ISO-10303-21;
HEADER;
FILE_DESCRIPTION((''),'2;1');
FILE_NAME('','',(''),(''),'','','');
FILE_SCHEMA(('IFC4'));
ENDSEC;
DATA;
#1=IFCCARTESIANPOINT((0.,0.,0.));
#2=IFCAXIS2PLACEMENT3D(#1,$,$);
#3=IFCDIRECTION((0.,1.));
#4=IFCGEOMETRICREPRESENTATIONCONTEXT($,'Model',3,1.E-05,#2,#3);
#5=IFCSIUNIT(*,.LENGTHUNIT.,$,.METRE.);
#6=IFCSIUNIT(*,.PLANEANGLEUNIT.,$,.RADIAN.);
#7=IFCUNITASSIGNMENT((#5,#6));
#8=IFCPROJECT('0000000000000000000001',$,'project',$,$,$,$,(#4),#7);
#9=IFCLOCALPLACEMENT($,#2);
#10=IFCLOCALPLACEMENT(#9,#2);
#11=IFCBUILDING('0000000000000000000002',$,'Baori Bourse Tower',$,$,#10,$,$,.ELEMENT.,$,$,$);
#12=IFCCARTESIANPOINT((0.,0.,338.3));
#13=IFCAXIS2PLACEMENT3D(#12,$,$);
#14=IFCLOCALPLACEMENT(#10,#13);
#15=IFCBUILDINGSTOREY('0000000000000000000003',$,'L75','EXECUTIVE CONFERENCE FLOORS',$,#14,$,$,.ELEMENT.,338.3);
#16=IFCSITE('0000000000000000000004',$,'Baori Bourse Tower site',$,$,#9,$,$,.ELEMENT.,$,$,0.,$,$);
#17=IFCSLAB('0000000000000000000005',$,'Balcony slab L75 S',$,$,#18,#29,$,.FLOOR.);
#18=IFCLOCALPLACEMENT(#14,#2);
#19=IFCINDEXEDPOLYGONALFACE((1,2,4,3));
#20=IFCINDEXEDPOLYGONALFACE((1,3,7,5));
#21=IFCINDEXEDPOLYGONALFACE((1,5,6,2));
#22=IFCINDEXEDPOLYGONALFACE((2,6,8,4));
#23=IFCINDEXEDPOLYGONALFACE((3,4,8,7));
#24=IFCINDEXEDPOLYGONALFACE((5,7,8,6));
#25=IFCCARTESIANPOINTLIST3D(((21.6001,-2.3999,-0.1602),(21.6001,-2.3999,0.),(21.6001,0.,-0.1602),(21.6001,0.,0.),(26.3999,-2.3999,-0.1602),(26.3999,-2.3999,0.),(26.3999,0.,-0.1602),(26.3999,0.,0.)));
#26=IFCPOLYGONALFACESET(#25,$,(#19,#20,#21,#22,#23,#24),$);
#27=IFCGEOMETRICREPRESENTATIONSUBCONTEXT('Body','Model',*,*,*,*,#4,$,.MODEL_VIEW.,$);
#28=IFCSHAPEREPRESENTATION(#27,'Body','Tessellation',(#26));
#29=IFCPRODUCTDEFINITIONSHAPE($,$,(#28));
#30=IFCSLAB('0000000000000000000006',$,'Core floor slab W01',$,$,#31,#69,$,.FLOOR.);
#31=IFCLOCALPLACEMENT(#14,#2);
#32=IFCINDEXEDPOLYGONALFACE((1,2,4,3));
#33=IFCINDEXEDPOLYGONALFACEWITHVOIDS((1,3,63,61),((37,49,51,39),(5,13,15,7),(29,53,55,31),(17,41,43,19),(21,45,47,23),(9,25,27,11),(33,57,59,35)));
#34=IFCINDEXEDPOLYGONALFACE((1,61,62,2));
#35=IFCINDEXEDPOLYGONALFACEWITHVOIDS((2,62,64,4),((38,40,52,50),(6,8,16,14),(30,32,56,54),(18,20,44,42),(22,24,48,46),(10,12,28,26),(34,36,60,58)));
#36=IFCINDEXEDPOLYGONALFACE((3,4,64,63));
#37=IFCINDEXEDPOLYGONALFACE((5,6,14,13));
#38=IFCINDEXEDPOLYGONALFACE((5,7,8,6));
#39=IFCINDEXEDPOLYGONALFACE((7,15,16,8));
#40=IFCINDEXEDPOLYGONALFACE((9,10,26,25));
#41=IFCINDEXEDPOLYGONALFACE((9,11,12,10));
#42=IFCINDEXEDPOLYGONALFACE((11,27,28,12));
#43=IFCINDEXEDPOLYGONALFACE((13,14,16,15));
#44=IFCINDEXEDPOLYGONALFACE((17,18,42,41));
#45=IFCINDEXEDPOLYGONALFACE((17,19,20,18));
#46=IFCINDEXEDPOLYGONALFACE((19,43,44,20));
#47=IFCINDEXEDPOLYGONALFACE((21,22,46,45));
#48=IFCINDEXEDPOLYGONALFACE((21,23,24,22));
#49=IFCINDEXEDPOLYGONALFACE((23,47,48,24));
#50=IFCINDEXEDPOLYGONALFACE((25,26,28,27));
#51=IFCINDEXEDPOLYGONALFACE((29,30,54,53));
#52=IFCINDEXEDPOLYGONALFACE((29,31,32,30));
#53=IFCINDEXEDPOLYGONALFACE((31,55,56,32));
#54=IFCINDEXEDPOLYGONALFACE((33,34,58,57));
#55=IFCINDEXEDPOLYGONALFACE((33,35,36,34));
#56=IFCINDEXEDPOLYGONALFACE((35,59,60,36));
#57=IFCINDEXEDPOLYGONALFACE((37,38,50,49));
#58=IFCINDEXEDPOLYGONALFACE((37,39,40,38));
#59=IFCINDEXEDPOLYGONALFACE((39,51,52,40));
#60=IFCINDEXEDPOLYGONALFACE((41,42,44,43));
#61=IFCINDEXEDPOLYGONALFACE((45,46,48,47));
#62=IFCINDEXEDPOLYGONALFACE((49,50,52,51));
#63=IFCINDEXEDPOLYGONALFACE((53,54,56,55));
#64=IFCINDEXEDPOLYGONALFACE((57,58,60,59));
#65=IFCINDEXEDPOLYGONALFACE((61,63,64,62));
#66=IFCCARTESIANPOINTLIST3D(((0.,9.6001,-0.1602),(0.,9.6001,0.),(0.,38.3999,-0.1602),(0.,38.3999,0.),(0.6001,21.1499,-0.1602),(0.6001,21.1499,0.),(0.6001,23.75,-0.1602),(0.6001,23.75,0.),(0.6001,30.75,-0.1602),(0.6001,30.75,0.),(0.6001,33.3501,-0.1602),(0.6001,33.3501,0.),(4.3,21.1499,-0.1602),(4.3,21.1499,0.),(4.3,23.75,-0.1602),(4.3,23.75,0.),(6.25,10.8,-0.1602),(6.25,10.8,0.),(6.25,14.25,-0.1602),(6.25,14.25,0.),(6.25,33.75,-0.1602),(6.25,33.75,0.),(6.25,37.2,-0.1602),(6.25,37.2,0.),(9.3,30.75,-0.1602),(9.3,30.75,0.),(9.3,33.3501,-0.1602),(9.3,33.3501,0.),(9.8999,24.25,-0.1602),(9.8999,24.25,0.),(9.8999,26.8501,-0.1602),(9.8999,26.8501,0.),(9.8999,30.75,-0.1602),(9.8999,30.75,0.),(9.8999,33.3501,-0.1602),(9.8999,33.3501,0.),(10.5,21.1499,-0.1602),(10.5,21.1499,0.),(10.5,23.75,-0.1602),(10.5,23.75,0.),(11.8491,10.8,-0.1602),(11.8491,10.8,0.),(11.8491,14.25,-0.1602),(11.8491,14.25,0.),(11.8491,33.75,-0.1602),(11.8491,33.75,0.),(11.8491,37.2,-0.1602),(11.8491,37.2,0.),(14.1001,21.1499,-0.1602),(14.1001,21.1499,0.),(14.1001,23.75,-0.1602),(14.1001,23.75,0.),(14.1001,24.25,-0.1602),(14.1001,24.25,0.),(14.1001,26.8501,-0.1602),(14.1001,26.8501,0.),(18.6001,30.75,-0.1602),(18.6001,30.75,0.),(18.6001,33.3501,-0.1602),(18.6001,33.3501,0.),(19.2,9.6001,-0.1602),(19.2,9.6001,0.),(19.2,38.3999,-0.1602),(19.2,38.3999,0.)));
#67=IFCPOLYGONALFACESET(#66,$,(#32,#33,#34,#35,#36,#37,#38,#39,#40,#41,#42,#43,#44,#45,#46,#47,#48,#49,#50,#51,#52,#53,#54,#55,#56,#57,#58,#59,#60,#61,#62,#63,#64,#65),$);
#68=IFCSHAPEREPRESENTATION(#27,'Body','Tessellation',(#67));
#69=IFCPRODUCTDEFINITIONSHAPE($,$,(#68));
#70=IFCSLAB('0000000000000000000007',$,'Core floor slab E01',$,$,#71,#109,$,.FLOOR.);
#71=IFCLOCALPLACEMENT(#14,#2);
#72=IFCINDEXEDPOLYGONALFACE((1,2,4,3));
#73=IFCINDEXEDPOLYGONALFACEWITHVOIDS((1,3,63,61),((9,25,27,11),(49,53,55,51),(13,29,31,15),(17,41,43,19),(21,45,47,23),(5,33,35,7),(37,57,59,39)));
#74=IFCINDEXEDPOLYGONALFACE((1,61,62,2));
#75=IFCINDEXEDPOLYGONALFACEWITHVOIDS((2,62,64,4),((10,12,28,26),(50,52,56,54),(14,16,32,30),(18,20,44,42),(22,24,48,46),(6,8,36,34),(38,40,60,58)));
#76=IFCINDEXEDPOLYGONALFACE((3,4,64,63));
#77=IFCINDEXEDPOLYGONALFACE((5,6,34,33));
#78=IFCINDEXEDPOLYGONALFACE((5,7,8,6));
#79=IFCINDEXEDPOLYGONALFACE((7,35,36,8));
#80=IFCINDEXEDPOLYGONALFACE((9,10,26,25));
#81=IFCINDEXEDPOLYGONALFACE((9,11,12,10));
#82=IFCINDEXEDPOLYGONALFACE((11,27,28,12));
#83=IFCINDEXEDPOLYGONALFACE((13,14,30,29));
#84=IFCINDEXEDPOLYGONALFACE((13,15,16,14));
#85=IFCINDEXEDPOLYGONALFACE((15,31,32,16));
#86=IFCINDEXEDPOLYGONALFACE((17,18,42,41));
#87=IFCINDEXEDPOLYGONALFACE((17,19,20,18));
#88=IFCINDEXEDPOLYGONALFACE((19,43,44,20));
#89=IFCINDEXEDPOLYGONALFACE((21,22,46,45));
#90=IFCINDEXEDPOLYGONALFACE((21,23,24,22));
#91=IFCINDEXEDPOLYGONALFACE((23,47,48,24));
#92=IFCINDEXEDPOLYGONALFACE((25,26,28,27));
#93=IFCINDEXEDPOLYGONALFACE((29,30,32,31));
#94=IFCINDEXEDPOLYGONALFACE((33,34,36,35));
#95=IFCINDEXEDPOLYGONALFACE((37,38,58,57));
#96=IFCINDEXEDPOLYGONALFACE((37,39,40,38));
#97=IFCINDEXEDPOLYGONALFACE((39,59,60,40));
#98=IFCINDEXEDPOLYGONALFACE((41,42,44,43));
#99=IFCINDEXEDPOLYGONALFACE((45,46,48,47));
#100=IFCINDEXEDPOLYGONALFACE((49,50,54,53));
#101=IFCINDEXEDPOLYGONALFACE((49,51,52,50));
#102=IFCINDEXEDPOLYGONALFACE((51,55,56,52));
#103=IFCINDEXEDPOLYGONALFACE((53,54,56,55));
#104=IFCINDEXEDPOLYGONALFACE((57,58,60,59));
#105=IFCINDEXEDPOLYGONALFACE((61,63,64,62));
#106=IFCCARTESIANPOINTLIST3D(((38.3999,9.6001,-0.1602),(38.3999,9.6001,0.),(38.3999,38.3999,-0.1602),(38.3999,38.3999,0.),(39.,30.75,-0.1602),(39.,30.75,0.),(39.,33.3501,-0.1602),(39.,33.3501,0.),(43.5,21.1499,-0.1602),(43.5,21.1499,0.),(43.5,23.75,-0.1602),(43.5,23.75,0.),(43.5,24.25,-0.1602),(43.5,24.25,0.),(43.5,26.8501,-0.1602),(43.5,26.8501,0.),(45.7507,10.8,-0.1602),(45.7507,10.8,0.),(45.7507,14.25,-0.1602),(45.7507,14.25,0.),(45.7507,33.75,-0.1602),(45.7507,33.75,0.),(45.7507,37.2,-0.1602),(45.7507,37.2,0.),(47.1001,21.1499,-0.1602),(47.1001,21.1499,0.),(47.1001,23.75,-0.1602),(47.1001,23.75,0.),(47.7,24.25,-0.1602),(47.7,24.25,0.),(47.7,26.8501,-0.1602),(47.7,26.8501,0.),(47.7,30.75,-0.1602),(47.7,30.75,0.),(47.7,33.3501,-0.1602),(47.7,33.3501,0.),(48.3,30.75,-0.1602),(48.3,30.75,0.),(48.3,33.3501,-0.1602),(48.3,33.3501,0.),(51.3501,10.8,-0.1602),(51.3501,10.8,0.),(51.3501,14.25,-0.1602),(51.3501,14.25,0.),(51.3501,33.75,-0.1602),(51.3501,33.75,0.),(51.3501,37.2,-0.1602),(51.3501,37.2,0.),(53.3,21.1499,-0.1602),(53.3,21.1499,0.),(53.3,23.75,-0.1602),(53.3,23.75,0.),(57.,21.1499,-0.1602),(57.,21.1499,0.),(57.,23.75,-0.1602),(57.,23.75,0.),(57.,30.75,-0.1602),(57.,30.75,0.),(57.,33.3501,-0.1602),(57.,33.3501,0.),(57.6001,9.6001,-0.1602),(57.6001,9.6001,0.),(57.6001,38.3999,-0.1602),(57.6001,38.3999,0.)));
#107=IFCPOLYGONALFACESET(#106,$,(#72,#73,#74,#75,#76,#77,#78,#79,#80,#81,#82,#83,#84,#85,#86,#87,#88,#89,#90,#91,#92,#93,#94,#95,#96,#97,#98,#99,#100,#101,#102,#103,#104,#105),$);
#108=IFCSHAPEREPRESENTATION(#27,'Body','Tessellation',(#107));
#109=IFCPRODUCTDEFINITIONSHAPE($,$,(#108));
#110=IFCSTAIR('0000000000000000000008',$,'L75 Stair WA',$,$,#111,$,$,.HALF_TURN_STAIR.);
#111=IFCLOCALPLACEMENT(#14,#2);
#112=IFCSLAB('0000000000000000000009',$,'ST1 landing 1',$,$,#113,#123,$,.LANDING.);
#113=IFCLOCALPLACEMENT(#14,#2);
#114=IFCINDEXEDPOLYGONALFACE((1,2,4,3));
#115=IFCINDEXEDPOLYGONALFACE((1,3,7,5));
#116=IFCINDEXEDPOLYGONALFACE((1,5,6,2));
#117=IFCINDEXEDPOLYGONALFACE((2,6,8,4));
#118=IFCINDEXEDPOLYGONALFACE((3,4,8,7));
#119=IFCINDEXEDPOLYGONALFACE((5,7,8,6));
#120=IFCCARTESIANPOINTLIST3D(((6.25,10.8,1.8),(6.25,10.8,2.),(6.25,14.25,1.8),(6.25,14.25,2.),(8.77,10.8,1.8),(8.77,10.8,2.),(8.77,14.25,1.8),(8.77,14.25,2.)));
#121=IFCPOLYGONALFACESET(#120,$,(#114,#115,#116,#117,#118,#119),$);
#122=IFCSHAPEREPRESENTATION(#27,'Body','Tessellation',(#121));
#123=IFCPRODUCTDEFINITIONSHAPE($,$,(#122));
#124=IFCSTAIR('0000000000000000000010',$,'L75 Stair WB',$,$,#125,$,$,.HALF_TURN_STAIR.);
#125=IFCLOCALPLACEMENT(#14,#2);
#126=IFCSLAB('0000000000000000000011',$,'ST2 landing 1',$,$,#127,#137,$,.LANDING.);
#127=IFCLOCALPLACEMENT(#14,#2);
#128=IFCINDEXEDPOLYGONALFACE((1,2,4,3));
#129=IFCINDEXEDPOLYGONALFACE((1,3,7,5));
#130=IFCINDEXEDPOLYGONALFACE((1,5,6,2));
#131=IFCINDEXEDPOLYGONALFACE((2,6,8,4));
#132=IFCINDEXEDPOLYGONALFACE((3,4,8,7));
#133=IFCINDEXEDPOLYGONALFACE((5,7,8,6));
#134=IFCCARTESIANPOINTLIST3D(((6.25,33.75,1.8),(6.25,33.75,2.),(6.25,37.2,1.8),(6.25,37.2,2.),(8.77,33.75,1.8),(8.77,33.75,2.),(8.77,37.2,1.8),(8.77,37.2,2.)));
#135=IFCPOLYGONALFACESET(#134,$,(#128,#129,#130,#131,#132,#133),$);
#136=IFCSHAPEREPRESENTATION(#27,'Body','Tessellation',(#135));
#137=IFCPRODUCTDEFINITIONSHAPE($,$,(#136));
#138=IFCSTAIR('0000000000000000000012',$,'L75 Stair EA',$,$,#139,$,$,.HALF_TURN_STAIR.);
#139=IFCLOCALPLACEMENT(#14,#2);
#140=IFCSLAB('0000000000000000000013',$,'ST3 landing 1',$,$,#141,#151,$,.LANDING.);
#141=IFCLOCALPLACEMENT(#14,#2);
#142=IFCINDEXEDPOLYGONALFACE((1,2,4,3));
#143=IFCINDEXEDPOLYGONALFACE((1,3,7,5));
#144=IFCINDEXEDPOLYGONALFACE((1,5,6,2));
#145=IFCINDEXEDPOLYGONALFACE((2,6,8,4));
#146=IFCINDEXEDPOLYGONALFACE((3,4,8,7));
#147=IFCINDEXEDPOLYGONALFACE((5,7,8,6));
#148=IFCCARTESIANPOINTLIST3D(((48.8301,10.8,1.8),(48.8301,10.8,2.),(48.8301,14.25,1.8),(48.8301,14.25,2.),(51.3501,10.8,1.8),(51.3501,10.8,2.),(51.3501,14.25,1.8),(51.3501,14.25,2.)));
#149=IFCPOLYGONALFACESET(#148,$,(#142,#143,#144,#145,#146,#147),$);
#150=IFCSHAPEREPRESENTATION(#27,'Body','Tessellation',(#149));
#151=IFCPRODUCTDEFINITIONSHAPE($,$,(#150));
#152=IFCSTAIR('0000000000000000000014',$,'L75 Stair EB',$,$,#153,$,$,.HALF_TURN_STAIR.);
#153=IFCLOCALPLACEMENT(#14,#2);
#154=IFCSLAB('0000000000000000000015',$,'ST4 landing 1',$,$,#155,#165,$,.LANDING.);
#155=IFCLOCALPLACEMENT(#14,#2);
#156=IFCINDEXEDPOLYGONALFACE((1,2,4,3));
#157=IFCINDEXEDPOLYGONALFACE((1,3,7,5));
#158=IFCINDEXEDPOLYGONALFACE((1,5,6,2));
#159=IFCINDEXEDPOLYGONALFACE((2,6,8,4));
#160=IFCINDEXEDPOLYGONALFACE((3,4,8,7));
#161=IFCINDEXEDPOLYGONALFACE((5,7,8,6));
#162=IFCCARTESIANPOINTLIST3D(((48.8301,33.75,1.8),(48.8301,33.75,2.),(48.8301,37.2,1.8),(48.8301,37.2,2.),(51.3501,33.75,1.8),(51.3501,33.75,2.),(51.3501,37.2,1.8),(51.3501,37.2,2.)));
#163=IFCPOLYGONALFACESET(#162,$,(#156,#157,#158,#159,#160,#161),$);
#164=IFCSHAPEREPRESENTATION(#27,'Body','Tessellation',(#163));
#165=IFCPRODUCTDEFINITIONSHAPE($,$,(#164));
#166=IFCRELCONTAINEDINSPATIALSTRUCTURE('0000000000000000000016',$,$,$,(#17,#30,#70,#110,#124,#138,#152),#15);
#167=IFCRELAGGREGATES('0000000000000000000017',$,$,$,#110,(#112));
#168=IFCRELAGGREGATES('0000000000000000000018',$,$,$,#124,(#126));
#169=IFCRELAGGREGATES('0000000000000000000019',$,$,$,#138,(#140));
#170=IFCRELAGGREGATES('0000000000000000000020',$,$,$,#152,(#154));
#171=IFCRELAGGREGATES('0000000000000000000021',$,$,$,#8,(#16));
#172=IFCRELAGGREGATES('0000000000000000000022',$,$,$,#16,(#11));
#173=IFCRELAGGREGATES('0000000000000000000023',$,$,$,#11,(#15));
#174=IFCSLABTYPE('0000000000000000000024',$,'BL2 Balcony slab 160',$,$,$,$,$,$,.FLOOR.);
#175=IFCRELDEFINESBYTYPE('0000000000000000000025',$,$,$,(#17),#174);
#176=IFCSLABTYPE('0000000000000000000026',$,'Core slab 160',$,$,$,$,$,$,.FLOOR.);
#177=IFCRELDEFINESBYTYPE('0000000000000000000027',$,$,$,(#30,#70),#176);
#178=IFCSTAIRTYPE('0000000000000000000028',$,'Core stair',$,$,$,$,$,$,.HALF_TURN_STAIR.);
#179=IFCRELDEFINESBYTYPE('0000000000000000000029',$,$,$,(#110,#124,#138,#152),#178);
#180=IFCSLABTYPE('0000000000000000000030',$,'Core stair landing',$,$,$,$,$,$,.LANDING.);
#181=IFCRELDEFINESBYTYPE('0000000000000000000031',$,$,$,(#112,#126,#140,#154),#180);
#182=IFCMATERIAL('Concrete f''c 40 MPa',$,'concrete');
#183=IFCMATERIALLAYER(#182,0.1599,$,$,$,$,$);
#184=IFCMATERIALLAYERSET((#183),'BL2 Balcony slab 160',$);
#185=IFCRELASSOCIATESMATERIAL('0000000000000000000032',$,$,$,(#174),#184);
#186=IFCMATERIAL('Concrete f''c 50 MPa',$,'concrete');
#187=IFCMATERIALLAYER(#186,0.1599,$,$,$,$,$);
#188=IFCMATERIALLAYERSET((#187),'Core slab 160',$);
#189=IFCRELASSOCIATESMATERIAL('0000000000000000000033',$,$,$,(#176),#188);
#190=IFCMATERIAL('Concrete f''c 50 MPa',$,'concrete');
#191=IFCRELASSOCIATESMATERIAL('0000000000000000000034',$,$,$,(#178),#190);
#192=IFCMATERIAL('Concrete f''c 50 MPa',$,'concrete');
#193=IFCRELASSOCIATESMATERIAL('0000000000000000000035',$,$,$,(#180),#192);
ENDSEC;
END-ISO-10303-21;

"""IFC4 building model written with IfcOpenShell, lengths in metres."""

from ifc_helpers import new_model, si_unit, direction, frame, origin, place, context, subcontext, project, spatial, polyline, outline, extrude, material, layer, layer_set, type_object, element, aggregate, save


model = new_model("IFC4")

# Units and contexts
model_context = context("Model", 3, precision=1e-05, world=origin(), true_north=direction((0.0, 1.0)))
body_context = subcontext(model_context, "Body", "Model", "MODEL_VIEW")
ifc_project = project(units=[si_unit("LENGTHUNIT", "METRE"), si_unit("PLANEANGLEUNIT", "RADIAN")], contexts=[model_context])

# Site, building, storey
site_placement = place(None, origin())
site = spatial("IfcSite", under=ifc_project, at=site_placement, Name="Baori Bourse Tower site", CompositionType="ELEMENT", RefElevation=0.0)
building_placement = place(site_placement, origin())
building = spatial("IfcBuilding", under=site, at=building_placement, Name="Baori Bourse Tower", CompositionType="ELEMENT")
storey_placement = place(building_placement, frame((0.0, 0.0, 338.3)))
storey = spatial("IfcBuildingStorey", under=building, at=storey_placement, Name="L75", Description="EXECUTIVE CONFERENCE FLOORS", CompositionType="ELEMENT", Elevation=338.3)

# Slabs
ifc_material_1 = material(Name="Concrete f'c 40 MPa", Category="concrete")
ifc_layer_1 = layer(ifc_material_1, 0.1599)
ifc_layer_set_1 = layer_set([ifc_layer_1], Name="BL2 Balcony slab 160")
slab_type_1 = type_object("IfcSlabType", Name="BL2 Balcony slab 160", PredefinedType="FLOOR", material=ifc_layer_set_1)
slab_1_placement = place(storey_placement, frame((0.0, 0.0, -0.1602)))
element("IfcSlab", 1, at=slab_1_placement, inside=storey, type_object=slab_type_1, Name="Balcony slab L75 S", PredefinedType="FLOOR", context=body_context, shape_type="SweptSolid", body=[
    extrude(outline(polyline([(21.6001, 0.0), (21.6001, -2.3999), (26.3999, -2.3999), (26.3999, 0.0), (21.6001, 0.0)])), origin(), (0.0, 0.0, 1.0), 0.1602),
])
ifc_material_2 = material(Name="Concrete f'c 50 MPa", Category="concrete")
ifc_layer_2 = layer(ifc_material_2, 0.1599)
ifc_layer_set_2 = layer_set([ifc_layer_2], Name="Core slab 160")
slab_type_2 = type_object("IfcSlabType", Name="Core slab 160", PredefinedType="FLOOR", material=ifc_layer_set_2)
slab_2_placement = place(storey_placement, frame((0.0, 0.0, -0.1602)))
element("IfcSlab", 2, at=slab_2_placement, inside=storey, type_object=slab_type_2, Name="Core floor slab W01", PredefinedType="FLOOR", context=body_context, shape_type="SweptSolid", body=[
    extrude(outline(polyline([(19.2, 38.3999), (0.0, 38.3999), (0.0, 9.6001), (19.2, 9.6001), (19.2, 38.3999)]), holes=[polyline([(9.8999, 33.3501), (18.6001, 33.3501), (18.6001, 30.75), (9.8999, 30.75), (9.8999, 33.3501)]), polyline([(10.5, 21.1499), (10.5, 23.75), (14.1001, 23.75), (14.1001, 21.1499), (10.5, 21.1499)]), polyline([(14.1001, 24.25), (9.8999, 24.25), (9.8999, 26.8501), (14.1001, 26.8501), (14.1001, 24.25)]), polyline([(6.25, 14.25), (11.8491, 14.25), (11.8491, 10.8), (6.25, 10.8), (6.25, 14.25)]), polyline([(11.8491, 37.2), (11.8491, 33.75), (6.25, 33.75), (6.25, 37.2), (11.8491, 37.2)]), polyline([(0.6001, 30.75), (0.6001, 33.3501), (9.3, 33.3501), (9.3, 30.75), (0.6001, 30.75)]), polyline([(4.3, 23.75), (4.3, 21.1499), (0.6001, 21.1499), (0.6001, 23.75), (4.3, 23.75)])]), origin(), (0.0, 0.0, 1.0), 0.1602),
])
slab_3_placement = place(storey_placement, frame((0.0, 0.0, -0.1602)))
element("IfcSlab", 3, at=slab_3_placement, inside=storey, type_object=slab_type_2, Name="Core floor slab E01", PredefinedType="FLOOR", context=body_context, shape_type="SweptSolid", body=[
    extrude(outline(polyline([(57.6001, 9.6001), (57.6001, 38.3999), (38.3999, 38.3999), (38.3999, 9.6001), (57.6001, 9.6001)]), holes=[polyline([(48.3, 33.3501), (57.0, 33.3501), (57.0, 30.75), (48.3, 30.75), (48.3, 33.3501)]), polyline([(57.0, 21.1499), (53.3, 21.1499), (53.3, 23.75), (57.0, 23.75), (57.0, 21.1499)]), polyline([(45.7507, 14.25), (51.3501, 14.25), (51.3501, 10.8), (45.7507, 10.8), (45.7507, 14.25)]), polyline([(51.3501, 37.2), (51.3501, 33.75), (45.7507, 33.75), (45.7507, 37.2), (51.3501, 37.2)]), polyline([(43.5, 24.25), (43.5, 26.8501), (47.7, 26.8501), (47.7, 24.25), (43.5, 24.25)]), polyline([(47.7, 33.3501), (47.7, 30.75), (39.0, 30.75), (39.0, 33.3501), (47.7, 33.3501)]), polyline([(43.5, 23.75), (47.1001, 23.75), (47.1001, 21.1499), (43.5, 21.1499), (43.5, 23.75)])]), origin(), (0.0, 0.0, 1.0), 0.1602),
])

# Stairs, slabs
ifc_material_3 = material(Name="Concrete f'c 50 MPa", Category="concrete")
stair_type = type_object("IfcStairType", Name="Core stair", PredefinedType="HALF_TURN_STAIR", material=ifc_material_3)
stair_1_placement = place(storey_placement, origin())
stair_1 = element("IfcStair", 4, at=stair_1_placement, inside=storey, type_object=stair_type, Name="L75 Stair WA", PredefinedType="HALF_TURN_STAIR")
ifc_material_4 = material(Name="Concrete f'c 50 MPa", Category="concrete")
slab_type_3 = type_object("IfcSlabType", Name="Core stair landing", PredefinedType="LANDING", material=ifc_material_4)
slab_4_placement = place(storey_placement, frame((0.0, 0.0, 1.8)))
slab_4 = element("IfcSlab", 5, at=slab_4_placement, type_object=slab_type_3, Name="ST1 landing 1", PredefinedType="LANDING", context=body_context, shape_type="SweptSolid", body=[
    extrude(outline(polyline([(8.77, 14.25), (6.25, 14.25), (6.25, 10.8), (8.77, 10.8), (8.77, 14.25)])), origin(), (0.0, 0.0, 1.0), 0.2),
])
aggregate(stair_1, [slab_4])
stair_2_placement = place(storey_placement, origin())
stair_2 = element("IfcStair", 6, at=stair_2_placement, inside=storey, type_object=stair_type, Name="L75 Stair WB", PredefinedType="HALF_TURN_STAIR")
slab_5_placement = place(storey_placement, frame((0.0, 0.0, 1.8)))
slab_5 = element("IfcSlab", 7, at=slab_5_placement, type_object=slab_type_3, Name="ST2 landing 1", PredefinedType="LANDING", context=body_context, shape_type="SweptSolid", body=[
    extrude(outline(polyline([(8.77, 37.2), (6.25, 37.2), (6.25, 33.75), (8.77, 33.75), (8.77, 37.2)])), origin(), (0.0, 0.0, 1.0), 0.2),
])
aggregate(stair_2, [slab_5])
stair_3_placement = place(storey_placement, origin())
stair_3 = element("IfcStair", 8, at=stair_3_placement, inside=storey, type_object=stair_type, Name="L75 Stair EA", PredefinedType="HALF_TURN_STAIR")
slab_6_placement = place(storey_placement, frame((0.0, 0.0, 1.8)))
slab_6 = element("IfcSlab", 9, at=slab_6_placement, type_object=slab_type_3, Name="ST3 landing 1", PredefinedType="LANDING", context=body_context, shape_type="SweptSolid", body=[
    extrude(outline(polyline([(48.8301, 10.8), (51.3501, 10.8), (51.3501, 14.25), (48.8301, 14.25), (48.8301, 10.8)])), origin(), (0.0, 0.0, 1.0), 0.2),
])
aggregate(stair_3, [slab_6])
stair_4_placement = place(storey_placement, origin())
stair_4 = element("IfcStair", 10, at=stair_4_placement, inside=storey, type_object=stair_type, Name="L75 Stair EB", PredefinedType="HALF_TURN_STAIR")
slab_7_placement = place(storey_placement, frame((0.0, 0.0, 1.8)))
slab_7 = element("IfcSlab", 11, at=slab_7_placement, type_object=slab_type_3, Name="ST4 landing 1", PredefinedType="LANDING", context=body_context, shape_type="SweptSolid", body=[
    extrude(outline(polyline([(48.8301, 33.75), (51.3501, 33.75), (51.3501, 37.2), (48.8301, 37.2), (48.8301, 33.75)])), origin(), (0.0, 0.0, 1.0), 0.2),
])
aggregate(stair_4, [slab_7])

save(model, "model.ifc")
